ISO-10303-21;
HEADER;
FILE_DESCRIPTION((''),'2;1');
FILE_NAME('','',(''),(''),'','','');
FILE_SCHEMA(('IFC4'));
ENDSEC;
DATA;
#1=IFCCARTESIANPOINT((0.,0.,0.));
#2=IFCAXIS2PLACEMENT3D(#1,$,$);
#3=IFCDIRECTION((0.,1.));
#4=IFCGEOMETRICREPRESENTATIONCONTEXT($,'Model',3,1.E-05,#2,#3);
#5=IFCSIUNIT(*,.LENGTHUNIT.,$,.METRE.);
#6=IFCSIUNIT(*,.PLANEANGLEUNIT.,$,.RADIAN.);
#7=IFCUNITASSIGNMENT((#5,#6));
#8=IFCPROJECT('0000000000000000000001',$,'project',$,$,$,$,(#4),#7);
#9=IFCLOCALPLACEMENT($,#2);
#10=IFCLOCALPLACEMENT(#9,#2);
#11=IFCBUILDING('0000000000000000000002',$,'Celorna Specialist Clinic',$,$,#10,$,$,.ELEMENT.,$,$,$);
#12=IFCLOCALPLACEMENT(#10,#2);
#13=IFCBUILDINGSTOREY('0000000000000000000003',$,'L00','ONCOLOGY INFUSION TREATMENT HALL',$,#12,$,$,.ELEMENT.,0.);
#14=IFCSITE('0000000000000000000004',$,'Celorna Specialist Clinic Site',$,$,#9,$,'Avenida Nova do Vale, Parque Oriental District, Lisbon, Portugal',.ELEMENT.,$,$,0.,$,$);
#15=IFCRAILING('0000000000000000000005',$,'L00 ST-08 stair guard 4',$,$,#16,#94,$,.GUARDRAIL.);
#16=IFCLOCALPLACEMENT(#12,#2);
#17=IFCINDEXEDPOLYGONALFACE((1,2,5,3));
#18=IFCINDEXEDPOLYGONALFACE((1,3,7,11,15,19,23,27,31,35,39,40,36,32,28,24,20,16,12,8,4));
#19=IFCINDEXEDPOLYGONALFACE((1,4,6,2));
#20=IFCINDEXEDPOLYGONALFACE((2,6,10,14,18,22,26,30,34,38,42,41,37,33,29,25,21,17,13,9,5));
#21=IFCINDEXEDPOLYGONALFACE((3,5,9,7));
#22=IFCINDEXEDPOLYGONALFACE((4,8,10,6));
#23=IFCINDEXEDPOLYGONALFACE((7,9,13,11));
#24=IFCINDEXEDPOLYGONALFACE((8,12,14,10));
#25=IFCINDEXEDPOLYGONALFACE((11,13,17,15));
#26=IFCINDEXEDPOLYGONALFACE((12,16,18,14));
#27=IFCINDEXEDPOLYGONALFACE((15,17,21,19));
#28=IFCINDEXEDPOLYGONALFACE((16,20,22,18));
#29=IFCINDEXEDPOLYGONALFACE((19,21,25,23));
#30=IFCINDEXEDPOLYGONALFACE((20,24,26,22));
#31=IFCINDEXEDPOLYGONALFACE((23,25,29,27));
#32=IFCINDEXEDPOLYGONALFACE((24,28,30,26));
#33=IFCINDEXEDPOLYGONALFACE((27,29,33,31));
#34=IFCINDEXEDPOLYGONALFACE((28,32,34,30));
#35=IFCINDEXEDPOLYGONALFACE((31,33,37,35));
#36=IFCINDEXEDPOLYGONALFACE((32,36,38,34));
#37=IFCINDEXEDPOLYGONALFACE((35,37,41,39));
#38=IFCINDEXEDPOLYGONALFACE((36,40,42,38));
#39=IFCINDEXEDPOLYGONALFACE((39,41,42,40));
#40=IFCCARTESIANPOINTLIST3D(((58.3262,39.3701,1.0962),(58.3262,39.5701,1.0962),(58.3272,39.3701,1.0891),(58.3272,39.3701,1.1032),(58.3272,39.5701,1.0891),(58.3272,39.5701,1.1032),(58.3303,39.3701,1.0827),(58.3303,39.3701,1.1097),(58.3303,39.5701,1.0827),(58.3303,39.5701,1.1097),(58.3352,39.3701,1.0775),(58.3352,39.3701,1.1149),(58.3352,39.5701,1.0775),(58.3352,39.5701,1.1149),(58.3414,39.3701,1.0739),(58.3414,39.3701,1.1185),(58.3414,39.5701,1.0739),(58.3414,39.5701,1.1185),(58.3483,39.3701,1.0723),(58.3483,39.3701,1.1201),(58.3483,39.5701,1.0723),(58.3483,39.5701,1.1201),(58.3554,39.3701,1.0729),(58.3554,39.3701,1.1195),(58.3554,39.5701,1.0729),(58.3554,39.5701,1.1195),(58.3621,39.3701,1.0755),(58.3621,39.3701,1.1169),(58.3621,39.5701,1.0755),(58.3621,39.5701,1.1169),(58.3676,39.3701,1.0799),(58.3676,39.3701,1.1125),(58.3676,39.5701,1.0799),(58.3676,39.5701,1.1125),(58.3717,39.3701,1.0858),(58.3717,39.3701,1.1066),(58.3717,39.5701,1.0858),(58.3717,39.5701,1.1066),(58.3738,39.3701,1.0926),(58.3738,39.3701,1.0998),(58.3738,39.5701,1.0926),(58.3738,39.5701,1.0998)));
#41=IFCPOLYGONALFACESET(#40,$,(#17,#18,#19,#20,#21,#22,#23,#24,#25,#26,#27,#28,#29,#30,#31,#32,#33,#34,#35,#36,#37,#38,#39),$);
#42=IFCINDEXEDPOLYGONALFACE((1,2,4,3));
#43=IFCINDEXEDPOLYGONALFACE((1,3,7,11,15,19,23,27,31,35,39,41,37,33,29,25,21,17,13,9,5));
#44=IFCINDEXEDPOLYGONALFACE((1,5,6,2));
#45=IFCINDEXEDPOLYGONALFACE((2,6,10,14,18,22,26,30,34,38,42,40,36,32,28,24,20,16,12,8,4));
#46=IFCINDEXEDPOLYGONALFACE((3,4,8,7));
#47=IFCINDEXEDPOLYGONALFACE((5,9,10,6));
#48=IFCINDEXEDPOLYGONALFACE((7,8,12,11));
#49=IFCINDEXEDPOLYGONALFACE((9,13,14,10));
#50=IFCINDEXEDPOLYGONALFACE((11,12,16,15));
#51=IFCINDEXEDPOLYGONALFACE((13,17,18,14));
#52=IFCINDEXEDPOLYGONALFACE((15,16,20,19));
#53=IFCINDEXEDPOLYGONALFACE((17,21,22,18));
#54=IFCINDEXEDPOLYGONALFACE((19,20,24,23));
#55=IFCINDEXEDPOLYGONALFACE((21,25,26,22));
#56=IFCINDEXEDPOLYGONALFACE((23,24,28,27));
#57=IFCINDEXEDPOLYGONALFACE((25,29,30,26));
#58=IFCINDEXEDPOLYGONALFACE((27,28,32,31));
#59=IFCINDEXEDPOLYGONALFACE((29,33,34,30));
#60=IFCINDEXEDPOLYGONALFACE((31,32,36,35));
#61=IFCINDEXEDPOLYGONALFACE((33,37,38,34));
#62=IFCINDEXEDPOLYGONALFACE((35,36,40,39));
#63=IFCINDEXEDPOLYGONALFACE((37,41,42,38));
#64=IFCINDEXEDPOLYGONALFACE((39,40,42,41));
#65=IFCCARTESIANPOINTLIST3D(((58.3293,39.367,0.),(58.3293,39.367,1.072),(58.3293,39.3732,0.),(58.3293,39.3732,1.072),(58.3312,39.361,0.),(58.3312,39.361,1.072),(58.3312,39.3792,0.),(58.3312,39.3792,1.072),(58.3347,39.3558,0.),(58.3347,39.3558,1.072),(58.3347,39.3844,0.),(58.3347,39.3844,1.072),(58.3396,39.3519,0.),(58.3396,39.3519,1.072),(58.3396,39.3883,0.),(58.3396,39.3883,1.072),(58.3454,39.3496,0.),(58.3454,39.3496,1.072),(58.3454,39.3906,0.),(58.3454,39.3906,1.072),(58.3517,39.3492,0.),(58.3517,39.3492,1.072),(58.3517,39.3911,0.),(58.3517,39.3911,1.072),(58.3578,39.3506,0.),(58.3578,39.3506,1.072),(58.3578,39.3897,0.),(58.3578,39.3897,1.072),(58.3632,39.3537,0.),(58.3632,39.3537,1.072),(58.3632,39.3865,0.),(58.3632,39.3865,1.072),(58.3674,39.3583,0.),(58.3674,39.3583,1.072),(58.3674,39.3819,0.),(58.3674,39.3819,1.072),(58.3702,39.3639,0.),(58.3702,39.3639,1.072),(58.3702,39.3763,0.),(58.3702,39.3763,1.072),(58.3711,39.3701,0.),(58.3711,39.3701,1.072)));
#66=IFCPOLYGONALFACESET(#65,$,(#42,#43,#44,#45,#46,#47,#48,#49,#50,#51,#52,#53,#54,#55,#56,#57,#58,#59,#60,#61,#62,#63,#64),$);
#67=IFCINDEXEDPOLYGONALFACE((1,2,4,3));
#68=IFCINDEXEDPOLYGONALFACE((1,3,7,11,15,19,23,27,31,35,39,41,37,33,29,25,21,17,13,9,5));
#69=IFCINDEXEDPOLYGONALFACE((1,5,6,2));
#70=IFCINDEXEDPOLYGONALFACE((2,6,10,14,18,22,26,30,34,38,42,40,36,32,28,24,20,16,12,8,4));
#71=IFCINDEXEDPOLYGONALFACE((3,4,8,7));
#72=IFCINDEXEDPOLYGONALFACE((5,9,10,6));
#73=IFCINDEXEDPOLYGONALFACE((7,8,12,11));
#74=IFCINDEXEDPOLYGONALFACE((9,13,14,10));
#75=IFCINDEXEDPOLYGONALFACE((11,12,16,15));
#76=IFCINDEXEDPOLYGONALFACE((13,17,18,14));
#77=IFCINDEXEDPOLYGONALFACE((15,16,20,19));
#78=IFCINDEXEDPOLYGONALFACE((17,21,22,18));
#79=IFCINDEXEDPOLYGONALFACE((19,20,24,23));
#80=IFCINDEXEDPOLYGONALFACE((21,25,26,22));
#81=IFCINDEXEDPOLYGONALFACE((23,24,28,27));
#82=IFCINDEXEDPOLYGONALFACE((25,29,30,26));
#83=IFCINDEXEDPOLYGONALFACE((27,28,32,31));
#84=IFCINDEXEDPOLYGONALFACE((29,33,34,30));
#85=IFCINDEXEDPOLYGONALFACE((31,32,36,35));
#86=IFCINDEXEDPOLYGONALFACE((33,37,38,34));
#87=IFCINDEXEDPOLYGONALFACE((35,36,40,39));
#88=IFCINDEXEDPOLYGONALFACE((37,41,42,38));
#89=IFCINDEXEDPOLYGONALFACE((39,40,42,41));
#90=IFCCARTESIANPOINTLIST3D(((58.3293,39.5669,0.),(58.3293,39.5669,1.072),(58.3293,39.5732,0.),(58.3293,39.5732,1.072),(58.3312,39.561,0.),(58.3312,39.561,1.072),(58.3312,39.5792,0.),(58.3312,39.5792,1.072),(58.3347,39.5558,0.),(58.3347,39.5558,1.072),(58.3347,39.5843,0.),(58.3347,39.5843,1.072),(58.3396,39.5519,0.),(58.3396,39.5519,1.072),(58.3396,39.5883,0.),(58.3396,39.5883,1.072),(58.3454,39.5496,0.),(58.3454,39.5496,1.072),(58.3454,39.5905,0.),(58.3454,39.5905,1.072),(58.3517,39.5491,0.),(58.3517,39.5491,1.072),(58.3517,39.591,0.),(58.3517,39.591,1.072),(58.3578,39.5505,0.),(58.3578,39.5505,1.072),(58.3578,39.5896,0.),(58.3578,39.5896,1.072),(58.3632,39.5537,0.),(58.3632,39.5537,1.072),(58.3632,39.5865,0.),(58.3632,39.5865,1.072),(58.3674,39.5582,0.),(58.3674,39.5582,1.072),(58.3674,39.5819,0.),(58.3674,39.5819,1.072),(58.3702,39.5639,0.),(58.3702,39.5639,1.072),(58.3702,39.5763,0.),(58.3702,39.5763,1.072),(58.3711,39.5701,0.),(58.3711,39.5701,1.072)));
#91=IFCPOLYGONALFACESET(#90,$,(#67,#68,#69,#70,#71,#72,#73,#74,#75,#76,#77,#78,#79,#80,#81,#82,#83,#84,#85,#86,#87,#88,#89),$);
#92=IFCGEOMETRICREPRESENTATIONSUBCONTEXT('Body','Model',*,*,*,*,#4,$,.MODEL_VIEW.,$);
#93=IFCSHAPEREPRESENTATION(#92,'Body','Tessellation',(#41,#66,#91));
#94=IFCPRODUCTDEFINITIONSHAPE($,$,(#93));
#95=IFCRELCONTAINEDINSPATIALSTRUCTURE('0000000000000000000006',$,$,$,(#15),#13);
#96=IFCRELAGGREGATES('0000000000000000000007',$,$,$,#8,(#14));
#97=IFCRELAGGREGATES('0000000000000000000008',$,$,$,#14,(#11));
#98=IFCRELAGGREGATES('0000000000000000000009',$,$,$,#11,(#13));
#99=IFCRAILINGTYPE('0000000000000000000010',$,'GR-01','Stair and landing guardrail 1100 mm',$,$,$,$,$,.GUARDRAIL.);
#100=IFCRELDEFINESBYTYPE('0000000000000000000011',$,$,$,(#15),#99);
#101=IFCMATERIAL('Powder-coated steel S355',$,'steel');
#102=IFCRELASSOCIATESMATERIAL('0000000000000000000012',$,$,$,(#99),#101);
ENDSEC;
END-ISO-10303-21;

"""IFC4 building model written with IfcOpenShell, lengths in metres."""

from ifc_helpers import new_model, si_unit, direction, frame, origin, origin_2d, place, context, subcontext, project, spatial, circle, extrude, material, type_object, element, save


model = new_model("IFC4")

# Units and contexts
model_context = context("Model", 3, precision=1e-05, world=origin(), true_north=direction((0.0, 1.0)))
body_context = subcontext(model_context, "Body", "Model", "MODEL_VIEW")
ifc_project = project(units=[si_unit("LENGTHUNIT", "METRE"), si_unit("PLANEANGLEUNIT", "RADIAN")], contexts=[model_context])

# Site, building, storey
site_placement = place(None, origin())
site = spatial("IfcSite", under=ifc_project, at=site_placement, Name="Celorna Specialist Clinic Site", LongName="Avenida Nova do Vale, Parque Oriental District, Lisbon, Portugal", CompositionType="ELEMENT", RefElevation=0.0)
building_placement = place(site_placement, origin())
building = spatial("IfcBuilding", under=site, at=building_placement, Name="Celorna Specialist Clinic", CompositionType="ELEMENT")
storey_placement = place(building_placement, origin())
storey = spatial("IfcBuildingStorey", under=building, at=storey_placement, Name="L00", Description="ONCOLOGY INFUSION TREATMENT HALL", CompositionType="ELEMENT", Elevation=0.0)

# Railing
ifc_material_1 = material(Name="Powder-coated steel S355", Category="steel")
railing_type_1 = type_object("IfcRailingType", Name="GR-01", Description="Stair and landing guardrail 1100 mm", PredefinedType="GUARDRAIL", material=ifc_material_1)
railing_1_placement = place(storey_placement, frame((58.3501, 39.3701, 0.0)))
element("IfcRailing", 1, at=railing_1_placement, inside=storey, type_object=railing_type_1, Name="L00 ST-08 stair guard 4", PredefinedType="GUARDRAIL", context=body_context, shape_type="SweptSolid", body=[
    extrude(circle(Radius=0.0239, at=origin_2d()), frame((0.0, 0.0, 1.0962), z_axis=(0.0, 1.0, 0.0), x_axis=(-1.0, 0.0, 0.0)), (0.0, 0.0, 1.0), 0.2),
    extrude(circle(Radius=0.021, at=origin_2d()), origin(), (0.0, 0.0, 1.0), 1.072),
    extrude(circle(Radius=0.021, at=origin_2d()), frame((0.0, 0.2, 0.0)), (0.0, 0.0, 1.0), 1.072),
])

save(model, "model.ifc")
